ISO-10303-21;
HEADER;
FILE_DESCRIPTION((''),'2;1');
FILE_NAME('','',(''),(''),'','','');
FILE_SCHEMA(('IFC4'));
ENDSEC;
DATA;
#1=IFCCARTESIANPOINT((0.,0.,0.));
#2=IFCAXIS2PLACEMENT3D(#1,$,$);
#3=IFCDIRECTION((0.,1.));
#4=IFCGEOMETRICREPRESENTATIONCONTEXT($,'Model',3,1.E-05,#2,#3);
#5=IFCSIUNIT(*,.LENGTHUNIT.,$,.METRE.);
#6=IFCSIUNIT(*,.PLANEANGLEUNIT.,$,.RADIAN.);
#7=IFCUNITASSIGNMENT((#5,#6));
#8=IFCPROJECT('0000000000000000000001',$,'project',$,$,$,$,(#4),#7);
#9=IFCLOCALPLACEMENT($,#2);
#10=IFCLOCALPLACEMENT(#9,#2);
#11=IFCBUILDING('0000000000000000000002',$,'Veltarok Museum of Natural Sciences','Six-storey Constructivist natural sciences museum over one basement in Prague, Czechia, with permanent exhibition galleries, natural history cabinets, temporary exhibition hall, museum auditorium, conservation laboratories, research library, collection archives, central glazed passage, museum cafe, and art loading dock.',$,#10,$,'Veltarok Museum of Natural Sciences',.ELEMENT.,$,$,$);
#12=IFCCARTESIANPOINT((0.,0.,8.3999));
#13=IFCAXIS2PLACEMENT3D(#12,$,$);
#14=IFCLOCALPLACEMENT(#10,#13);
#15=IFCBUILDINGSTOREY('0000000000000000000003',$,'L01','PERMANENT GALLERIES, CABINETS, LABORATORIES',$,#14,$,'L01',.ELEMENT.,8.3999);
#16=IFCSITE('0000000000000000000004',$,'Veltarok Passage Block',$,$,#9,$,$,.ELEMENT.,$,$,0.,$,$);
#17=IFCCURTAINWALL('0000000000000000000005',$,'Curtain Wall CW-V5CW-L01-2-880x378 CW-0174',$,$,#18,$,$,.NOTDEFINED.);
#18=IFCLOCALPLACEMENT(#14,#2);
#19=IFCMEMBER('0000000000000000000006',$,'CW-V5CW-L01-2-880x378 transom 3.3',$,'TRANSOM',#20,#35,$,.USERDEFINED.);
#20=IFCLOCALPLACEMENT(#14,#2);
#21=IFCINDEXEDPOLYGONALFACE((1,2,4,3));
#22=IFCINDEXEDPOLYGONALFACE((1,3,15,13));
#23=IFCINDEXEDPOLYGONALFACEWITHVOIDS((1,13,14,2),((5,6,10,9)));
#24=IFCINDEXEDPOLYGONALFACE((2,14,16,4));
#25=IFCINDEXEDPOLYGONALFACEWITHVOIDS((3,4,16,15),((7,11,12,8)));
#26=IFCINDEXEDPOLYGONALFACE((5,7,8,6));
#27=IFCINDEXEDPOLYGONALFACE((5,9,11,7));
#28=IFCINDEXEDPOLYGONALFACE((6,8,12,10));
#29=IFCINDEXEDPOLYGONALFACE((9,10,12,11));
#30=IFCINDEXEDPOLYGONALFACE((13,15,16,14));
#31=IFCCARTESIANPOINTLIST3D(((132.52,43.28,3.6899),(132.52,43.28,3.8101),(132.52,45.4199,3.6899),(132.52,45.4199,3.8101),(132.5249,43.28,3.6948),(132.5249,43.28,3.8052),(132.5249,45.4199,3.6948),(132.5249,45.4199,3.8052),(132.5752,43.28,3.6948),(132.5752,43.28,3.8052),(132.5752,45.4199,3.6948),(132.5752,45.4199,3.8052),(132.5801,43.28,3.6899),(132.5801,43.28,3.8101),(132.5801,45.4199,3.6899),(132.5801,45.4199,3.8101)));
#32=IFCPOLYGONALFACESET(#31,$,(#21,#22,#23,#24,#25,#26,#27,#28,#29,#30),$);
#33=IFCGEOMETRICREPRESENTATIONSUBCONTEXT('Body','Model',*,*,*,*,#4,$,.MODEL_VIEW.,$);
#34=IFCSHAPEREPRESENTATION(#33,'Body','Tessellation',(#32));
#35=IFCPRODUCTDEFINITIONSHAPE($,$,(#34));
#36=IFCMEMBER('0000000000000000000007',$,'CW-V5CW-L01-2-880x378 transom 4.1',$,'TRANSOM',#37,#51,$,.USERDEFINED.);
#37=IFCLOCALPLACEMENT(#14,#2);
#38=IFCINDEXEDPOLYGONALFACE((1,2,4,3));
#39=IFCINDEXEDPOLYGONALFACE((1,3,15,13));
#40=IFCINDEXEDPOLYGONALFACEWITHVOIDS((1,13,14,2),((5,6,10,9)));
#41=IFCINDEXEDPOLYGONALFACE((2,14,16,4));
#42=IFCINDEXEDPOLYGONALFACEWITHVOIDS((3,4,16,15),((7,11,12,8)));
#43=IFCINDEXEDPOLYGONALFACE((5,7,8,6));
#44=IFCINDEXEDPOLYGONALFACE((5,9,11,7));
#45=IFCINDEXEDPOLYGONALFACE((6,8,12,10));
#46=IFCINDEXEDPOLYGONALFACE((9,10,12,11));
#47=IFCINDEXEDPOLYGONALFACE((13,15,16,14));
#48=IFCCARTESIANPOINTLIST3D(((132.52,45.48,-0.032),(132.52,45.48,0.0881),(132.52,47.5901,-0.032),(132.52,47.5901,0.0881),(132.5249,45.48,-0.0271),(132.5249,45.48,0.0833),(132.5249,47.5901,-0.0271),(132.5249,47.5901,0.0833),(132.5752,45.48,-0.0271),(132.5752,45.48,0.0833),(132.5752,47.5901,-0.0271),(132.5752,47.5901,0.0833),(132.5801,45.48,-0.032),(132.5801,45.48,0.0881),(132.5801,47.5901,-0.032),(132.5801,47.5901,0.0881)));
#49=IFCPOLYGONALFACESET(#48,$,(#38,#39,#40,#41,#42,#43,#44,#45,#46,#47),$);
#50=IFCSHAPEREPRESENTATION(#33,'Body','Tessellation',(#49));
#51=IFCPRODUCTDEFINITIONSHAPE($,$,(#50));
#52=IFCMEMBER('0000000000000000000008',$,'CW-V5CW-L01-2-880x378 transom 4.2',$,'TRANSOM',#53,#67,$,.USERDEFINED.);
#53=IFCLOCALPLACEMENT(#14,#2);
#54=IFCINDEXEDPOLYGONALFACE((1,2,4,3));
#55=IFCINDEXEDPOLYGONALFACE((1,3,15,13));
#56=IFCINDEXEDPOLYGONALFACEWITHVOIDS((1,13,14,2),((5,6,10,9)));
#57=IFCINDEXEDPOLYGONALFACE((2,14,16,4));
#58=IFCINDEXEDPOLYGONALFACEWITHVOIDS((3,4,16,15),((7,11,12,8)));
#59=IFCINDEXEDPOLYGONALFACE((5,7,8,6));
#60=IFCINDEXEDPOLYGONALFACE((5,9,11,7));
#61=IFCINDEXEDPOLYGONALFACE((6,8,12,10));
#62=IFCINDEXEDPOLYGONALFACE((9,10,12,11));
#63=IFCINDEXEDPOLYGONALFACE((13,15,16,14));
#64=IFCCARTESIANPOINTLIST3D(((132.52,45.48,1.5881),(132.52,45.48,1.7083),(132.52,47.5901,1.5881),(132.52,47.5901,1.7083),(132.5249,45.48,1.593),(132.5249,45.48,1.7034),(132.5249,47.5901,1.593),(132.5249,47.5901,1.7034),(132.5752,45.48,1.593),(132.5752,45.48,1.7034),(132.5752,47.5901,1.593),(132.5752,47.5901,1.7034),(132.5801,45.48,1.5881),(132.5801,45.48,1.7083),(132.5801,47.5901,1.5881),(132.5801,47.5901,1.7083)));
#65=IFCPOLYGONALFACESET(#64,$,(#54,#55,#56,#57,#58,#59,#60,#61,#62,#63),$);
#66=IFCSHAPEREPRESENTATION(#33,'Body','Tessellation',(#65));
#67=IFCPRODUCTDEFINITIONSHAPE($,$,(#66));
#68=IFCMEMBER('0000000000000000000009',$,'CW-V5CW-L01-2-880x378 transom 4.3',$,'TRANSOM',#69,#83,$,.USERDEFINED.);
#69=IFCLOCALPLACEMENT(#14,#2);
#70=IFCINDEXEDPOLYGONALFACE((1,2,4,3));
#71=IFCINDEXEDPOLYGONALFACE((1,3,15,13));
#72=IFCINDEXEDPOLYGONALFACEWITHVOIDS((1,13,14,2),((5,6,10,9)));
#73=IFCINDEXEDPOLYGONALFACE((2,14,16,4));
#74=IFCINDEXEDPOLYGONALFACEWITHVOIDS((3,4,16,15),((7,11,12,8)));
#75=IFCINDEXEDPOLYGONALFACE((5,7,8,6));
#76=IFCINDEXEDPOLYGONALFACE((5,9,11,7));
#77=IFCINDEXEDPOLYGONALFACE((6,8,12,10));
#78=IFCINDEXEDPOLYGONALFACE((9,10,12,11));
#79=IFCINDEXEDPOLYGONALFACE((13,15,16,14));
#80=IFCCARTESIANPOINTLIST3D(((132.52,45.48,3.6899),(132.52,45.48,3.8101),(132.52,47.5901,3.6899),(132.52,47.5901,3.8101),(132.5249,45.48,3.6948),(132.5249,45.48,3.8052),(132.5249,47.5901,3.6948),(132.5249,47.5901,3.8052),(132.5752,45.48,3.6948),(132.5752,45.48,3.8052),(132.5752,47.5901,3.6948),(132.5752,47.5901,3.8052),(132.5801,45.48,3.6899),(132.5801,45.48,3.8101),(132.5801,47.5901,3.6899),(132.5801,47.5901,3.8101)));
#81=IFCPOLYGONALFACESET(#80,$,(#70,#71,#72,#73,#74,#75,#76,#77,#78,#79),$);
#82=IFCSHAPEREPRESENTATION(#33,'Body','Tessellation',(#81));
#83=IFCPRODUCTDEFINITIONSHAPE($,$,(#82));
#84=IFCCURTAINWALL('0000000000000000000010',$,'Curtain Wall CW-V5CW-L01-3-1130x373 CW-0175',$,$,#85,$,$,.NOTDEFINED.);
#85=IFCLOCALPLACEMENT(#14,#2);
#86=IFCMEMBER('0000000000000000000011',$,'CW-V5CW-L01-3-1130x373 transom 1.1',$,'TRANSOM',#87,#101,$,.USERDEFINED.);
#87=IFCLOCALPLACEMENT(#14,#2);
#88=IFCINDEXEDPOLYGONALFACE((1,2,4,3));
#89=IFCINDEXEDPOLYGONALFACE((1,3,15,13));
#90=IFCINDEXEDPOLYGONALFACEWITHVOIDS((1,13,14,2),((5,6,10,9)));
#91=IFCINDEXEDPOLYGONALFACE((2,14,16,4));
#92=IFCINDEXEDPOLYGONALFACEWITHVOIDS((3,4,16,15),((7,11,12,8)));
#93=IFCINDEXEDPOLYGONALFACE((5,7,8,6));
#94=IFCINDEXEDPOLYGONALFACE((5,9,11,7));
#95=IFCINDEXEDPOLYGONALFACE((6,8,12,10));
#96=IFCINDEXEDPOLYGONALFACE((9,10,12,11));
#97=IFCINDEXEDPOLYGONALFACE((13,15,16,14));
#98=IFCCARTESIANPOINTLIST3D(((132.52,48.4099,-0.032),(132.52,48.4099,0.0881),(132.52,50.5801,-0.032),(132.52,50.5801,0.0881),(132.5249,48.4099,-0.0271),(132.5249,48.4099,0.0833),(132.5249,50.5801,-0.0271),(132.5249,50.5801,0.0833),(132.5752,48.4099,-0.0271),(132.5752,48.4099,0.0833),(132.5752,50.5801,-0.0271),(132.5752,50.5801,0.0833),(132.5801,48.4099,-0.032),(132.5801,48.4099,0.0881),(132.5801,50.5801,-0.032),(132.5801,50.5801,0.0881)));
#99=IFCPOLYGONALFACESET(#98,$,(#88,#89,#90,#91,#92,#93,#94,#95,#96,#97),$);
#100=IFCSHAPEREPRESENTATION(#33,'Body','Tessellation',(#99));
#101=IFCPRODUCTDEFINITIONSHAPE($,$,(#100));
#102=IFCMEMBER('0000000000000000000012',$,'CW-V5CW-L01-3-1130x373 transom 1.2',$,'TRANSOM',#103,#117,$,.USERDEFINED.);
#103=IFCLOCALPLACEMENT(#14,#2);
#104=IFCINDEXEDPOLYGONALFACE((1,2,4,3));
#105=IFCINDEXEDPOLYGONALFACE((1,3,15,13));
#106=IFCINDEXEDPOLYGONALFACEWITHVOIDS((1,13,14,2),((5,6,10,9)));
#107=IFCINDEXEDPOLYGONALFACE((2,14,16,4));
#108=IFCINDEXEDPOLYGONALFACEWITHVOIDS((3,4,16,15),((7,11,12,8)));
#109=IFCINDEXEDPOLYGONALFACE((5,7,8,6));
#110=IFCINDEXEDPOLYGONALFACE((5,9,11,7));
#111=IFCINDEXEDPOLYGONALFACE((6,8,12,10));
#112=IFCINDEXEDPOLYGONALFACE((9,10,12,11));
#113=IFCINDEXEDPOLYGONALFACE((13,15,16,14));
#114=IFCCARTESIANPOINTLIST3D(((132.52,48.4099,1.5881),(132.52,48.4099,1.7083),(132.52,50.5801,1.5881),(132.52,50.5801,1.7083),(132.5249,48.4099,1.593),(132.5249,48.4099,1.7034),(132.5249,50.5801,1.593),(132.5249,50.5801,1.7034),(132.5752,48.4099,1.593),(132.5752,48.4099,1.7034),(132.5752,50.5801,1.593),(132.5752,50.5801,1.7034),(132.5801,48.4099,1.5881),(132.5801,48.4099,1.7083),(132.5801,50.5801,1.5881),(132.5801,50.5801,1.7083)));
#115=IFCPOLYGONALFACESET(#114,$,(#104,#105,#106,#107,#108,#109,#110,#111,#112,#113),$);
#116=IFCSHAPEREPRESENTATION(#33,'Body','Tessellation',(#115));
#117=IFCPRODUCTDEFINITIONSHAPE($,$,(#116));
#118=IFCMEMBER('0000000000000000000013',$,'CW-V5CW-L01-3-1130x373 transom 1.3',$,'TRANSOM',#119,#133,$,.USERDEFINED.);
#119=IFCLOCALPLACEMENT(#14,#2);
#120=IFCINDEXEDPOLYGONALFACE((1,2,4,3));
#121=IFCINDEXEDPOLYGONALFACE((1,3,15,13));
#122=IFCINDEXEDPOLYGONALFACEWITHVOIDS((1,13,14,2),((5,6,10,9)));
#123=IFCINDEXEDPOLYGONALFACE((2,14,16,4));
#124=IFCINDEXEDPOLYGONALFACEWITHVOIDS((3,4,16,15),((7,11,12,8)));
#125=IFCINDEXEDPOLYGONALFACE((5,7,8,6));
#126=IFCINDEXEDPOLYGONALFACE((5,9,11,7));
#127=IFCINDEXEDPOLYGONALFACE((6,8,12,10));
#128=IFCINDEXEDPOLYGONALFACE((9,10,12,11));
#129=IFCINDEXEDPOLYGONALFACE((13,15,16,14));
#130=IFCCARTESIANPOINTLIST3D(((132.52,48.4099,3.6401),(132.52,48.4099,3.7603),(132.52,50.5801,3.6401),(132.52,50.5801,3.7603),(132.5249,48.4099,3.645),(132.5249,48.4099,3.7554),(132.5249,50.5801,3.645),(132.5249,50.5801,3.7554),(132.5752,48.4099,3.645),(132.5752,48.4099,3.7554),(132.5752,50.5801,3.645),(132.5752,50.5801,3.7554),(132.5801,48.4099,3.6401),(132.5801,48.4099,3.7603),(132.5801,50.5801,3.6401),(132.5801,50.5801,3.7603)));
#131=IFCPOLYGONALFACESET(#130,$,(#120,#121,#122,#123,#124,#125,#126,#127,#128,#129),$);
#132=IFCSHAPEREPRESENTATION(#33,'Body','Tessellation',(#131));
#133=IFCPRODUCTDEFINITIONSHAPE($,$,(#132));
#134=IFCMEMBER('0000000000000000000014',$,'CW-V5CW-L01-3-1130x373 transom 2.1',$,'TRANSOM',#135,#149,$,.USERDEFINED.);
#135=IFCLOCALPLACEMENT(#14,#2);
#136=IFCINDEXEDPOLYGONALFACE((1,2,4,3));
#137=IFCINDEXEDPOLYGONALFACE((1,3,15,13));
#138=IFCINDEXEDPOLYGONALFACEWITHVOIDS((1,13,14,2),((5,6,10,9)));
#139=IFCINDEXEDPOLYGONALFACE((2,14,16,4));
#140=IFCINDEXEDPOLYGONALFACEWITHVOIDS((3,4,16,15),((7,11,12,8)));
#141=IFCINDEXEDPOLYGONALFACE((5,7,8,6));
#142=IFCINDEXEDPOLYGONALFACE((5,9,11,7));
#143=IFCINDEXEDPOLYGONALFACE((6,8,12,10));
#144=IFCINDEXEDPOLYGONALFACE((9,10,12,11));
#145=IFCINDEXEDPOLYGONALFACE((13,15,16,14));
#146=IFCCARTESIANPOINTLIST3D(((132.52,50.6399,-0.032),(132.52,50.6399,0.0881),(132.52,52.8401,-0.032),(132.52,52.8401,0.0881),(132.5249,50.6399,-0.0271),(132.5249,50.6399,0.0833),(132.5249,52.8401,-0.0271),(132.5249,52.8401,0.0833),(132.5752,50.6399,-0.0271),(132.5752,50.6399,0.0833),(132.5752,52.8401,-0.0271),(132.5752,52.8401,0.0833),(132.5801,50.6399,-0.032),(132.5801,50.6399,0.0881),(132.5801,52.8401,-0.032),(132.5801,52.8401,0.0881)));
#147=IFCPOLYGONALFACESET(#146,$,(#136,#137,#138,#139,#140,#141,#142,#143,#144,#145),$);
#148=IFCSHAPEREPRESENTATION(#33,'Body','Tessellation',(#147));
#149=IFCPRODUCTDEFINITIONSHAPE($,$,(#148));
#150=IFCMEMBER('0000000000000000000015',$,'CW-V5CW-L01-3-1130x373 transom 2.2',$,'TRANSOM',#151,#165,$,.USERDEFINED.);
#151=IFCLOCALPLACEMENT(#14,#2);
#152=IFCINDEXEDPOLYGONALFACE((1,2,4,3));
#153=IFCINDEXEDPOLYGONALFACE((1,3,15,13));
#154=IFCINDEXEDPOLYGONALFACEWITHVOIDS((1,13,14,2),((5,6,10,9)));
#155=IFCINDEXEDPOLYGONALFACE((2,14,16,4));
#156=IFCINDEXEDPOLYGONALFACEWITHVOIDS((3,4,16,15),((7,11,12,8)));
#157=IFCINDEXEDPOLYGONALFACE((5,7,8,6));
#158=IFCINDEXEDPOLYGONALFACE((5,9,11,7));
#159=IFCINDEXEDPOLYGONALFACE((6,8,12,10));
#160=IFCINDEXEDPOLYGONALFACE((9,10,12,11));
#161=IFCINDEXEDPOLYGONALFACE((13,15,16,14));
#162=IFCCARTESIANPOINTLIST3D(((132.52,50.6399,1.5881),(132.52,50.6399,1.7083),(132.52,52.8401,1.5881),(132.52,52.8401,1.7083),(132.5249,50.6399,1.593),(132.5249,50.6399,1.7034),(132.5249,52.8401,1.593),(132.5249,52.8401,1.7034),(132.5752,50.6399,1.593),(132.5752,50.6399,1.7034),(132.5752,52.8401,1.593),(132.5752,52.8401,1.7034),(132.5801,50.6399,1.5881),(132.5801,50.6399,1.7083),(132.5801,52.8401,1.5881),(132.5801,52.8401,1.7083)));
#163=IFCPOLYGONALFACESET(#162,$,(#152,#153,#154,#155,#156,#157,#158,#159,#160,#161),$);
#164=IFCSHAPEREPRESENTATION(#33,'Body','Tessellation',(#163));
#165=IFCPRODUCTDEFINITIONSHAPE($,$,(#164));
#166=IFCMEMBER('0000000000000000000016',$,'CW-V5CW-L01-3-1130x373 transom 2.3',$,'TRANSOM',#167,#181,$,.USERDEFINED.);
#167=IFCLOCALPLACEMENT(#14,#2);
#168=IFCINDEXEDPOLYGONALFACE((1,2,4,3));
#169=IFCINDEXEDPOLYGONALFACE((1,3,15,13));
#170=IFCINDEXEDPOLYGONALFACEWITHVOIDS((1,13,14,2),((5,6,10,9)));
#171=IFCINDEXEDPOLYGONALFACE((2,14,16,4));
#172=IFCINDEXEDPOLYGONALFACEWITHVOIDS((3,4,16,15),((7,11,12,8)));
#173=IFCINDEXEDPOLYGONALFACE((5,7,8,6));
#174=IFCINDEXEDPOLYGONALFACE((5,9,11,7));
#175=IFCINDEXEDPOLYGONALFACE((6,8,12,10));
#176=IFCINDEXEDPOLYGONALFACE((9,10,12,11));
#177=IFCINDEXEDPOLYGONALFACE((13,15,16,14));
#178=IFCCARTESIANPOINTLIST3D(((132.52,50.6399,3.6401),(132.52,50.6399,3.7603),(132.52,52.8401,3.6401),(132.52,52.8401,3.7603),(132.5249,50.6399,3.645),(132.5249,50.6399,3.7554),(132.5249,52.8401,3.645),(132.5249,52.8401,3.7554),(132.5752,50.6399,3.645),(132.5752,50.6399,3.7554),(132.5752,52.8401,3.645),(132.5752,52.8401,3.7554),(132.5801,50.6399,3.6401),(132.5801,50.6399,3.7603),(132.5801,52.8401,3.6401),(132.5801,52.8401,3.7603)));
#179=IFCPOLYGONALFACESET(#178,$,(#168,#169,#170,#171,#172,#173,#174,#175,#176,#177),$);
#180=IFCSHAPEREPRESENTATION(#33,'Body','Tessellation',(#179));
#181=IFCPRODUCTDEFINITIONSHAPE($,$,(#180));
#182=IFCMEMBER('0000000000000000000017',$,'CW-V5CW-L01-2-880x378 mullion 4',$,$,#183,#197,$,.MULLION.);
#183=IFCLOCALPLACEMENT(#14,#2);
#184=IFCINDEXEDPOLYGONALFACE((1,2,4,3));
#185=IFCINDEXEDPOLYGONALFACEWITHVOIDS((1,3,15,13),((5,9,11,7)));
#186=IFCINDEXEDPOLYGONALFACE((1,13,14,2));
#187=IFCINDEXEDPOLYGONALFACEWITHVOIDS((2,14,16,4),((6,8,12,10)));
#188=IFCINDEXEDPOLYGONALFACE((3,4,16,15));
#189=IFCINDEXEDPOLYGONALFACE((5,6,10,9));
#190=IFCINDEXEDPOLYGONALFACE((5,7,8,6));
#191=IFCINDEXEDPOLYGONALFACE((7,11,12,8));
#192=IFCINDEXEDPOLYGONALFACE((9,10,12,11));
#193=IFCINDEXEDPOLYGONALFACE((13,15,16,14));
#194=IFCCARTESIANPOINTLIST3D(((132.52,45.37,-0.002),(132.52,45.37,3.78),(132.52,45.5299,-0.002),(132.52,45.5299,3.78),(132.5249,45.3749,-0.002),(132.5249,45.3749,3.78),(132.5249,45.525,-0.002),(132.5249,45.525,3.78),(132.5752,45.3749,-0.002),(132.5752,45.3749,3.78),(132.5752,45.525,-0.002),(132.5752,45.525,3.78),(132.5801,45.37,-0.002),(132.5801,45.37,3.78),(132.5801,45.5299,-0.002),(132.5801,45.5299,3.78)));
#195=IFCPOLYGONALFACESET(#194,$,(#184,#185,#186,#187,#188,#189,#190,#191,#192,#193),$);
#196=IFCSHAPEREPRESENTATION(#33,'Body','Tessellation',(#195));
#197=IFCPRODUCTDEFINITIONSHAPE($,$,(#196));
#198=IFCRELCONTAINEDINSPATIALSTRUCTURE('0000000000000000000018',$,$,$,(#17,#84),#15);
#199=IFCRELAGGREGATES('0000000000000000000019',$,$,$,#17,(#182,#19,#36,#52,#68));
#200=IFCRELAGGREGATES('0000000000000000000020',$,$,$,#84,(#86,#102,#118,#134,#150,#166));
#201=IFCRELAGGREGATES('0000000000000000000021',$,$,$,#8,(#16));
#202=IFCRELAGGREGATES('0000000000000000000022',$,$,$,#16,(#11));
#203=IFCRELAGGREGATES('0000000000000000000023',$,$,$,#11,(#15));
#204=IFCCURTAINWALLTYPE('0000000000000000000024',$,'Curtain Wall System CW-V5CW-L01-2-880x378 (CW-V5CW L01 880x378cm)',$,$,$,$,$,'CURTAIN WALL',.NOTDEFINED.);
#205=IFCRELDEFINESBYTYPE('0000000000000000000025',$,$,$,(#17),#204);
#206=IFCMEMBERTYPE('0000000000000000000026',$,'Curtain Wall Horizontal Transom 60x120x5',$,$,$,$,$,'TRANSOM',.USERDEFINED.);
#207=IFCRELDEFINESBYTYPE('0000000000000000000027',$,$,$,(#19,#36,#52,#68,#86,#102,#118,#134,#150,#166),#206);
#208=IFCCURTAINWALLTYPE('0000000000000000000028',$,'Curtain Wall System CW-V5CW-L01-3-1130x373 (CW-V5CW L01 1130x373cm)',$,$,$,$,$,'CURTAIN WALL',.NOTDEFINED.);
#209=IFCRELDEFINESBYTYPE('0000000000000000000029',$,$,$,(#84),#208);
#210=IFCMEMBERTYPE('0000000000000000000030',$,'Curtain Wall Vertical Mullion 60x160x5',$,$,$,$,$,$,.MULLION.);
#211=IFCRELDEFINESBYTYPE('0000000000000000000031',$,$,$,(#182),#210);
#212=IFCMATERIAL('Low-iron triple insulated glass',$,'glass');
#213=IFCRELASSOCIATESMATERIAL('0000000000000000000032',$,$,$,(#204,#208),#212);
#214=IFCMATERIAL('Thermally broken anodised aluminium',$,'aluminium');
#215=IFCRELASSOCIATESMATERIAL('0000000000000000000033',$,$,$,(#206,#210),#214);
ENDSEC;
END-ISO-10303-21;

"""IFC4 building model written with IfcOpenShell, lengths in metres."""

from ifc_helpers import new_model, si_unit, direction, frame, origin, origin_2d, place, context, subcontext, project, spatial, hollow_rectangle, extrude, material, material_profile, profile_set, type_object, element, aggregate, save


model = new_model("IFC4")

# Units and contexts
model_context = context("Model", 3, precision=1e-05, world=origin(), true_north=direction((0.0, 1.0)))
body_context = subcontext(model_context, "Body", "Model", "MODEL_VIEW")
ifc_project = project(units=[si_unit("LENGTHUNIT", "METRE"), si_unit("PLANEANGLEUNIT", "RADIAN")], contexts=[model_context])

# Site, building, storey
site_placement = place(None, origin())
site = spatial("IfcSite", under=ifc_project, at=site_placement, Name="Veltarok Passage Block", CompositionType="ELEMENT", RefElevation=0.0)
building_placement = place(site_placement, origin())
building = spatial("IfcBuilding", under=site, at=building_placement, Name="Veltarok Museum of Natural Sciences", Description="Six-storey Constructivist natural sciences museum over one basement in Prague, Czechia, with permanent exhibition galleries, natural history cabinets, temporary exhibition hall, museum auditorium, conservation laboratories, research library, collection archives, central glazed passage, museum cafe, and art loading dock.", LongName="Veltarok Museum of Natural Sciences", CompositionType="ELEMENT")
storey_placement = place(building_placement, frame((0.0, 0.0, 8.3999)))
storey = spatial("IfcBuildingStorey", under=building, at=storey_placement, Name="L01", Description="PERMANENT GALLERIES, CABINETS, LABORATORIES", LongName="L01", CompositionType="ELEMENT", Elevation=8.3999)

# Curtain walls, members
ifc_material_1 = material(Name="Low-iron triple insulated glass", Category="glass")
curtain_wall_type_1 = type_object("IfcCurtainWallType", Name="Curtain Wall System CW-V5CW-L01-2-880x378 (CW-V5CW L01 880x378cm)", ElementType="CURTAIN WALL", PredefinedType="NOTDEFINED", material=ifc_material_1)
curtain_wall_1_placement = place(storey_placement, origin())
curtain_wall_1 = element("IfcCurtainWall", 1, at=curtain_wall_1_placement, inside=storey, type_object=curtain_wall_type_1, Name="Curtain Wall CW-V5CW-L01-2-880x378 CW-0174", PredefinedType="NOTDEFINED")
ifc_material_2 = material(Name="Thermally broken anodised aluminium", Category="aluminium")
ifc_material_profile_1 = material_profile(ifc_material_2, hollow_rectangle(XDim=0.0601, YDim=0.1201, WallThickness=0.0049, at=origin_2d()), Name="CW TRANSOM 60x120x5")
ifc_profile_set_1 = profile_set([ifc_material_profile_1], Name="Thermally broken anodised aluminium")
member_type_1 = type_object("IfcMemberType", Name="Curtain Wall Horizontal Transom 60x120x5", ElementType="TRANSOM", PredefinedType="USERDEFINED", material=ifc_profile_set_1)
member_1_placement = place(storey_placement, frame((132.55, 43.28, 3.75), z_axis=(0.0, 1.0, 0.0), x_axis=(-1.0, 0.0, 0.0)))
member_1 = element("IfcMember", 2, at=member_1_placement, type_object=member_type_1, Name="CW-V5CW-L01-2-880x378 transom 3.3", ObjectType="TRANSOM", PredefinedType="USERDEFINED", context=body_context, shape_type="SweptSolid", body=[
    extrude(hollow_rectangle(XDim=0.0601, YDim=0.1201, WallThickness=0.0049, at=origin_2d()), origin(), (0.0, 0.0, 1.0), 2.1399),
])
member_2_placement = place(storey_placement, frame((132.55, 45.48, 0.0281), z_axis=(0.0, 1.0, 0.0), x_axis=(-1.0, 0.0, 0.0)))
member_2 = element("IfcMember", 3, at=member_2_placement, type_object=member_type_1, Name="CW-V5CW-L01-2-880x378 transom 4.1", ObjectType="TRANSOM", PredefinedType="USERDEFINED", context=body_context, shape_type="SweptSolid", body=[
    extrude(hollow_rectangle(XDim=0.0601, YDim=0.1201, WallThickness=0.0049, at=origin_2d()), origin(), (0.0, 0.0, 1.0), 2.1101),
])
member_3_placement = place(storey_placement, frame((132.55, 45.48, 1.6482), z_axis=(0.0, 1.0, 0.0), x_axis=(-1.0, 0.0, 0.0)))
member_3 = element("IfcMember", 4, at=member_3_placement, type_object=member_type_1, Name="CW-V5CW-L01-2-880x378 transom 4.2", ObjectType="TRANSOM", PredefinedType="USERDEFINED", context=body_context, shape_type="SweptSolid", body=[
    extrude(hollow_rectangle(XDim=0.0601, YDim=0.1201, WallThickness=0.0049, at=origin_2d()), origin(), (0.0, 0.0, 1.0), 2.1101),
])
member_4_placement = place(storey_placement, frame((132.55, 45.48, 3.75), z_axis=(0.0, 1.0, 0.0), x_axis=(-1.0, 0.0, 0.0)))
member_4 = element("IfcMember", 5, at=member_4_placement, type_object=member_type_1, Name="CW-V5CW-L01-2-880x378 transom 4.3", ObjectType="TRANSOM", PredefinedType="USERDEFINED", context=body_context, shape_type="SweptSolid", body=[
    extrude(hollow_rectangle(XDim=0.0601, YDim=0.1201, WallThickness=0.0049, at=origin_2d()), origin(), (0.0, 0.0, 1.0), 2.1101),
])
curtain_wall_type_2 = type_object("IfcCurtainWallType", Name="Curtain Wall System CW-V5CW-L01-3-1130x373 (CW-V5CW L01 1130x373cm)", ElementType="CURTAIN WALL", PredefinedType="NOTDEFINED", material=ifc_material_1)
curtain_wall_2_placement = place(storey_placement, origin())
curtain_wall_2 = element("IfcCurtainWall", 6, at=curtain_wall_2_placement, inside=storey, type_object=curtain_wall_type_2, Name="Curtain Wall CW-V5CW-L01-3-1130x373 CW-0175", PredefinedType="NOTDEFINED")
member_5_placement = place(storey_placement, frame((132.55, 48.4099, 0.0281), z_axis=(0.0, 1.0, 0.0), x_axis=(-1.0, 0.0, 0.0)))
member_5 = element("IfcMember", 7, at=member_5_placement, type_object=member_type_1, Name="CW-V5CW-L01-3-1130x373 transom 1.1", ObjectType="TRANSOM", PredefinedType="USERDEFINED", context=body_context, shape_type="SweptSolid", body=[
    extrude(hollow_rectangle(XDim=0.0601, YDim=0.1201, WallThickness=0.0049, at=origin_2d()), origin(), (0.0, 0.0, 1.0), 2.1702),
])
member_6_placement = place(storey_placement, frame((132.55, 48.4099, 1.6482), z_axis=(0.0, 1.0, 0.0), x_axis=(-1.0, 0.0, 0.0)))
member_6 = element("IfcMember", 8, at=member_6_placement, type_object=member_type_1, Name="CW-V5CW-L01-3-1130x373 transom 1.2", ObjectType="TRANSOM", PredefinedType="USERDEFINED", context=body_context, shape_type="SweptSolid", body=[
    extrude(hollow_rectangle(XDim=0.0601, YDim=0.1201, WallThickness=0.0049, at=origin_2d()), origin(), (0.0, 0.0, 1.0), 2.1702),
])
member_7_placement = place(storey_placement, frame((132.55, 48.4099, 3.7002), z_axis=(0.0, 1.0, 0.0), x_axis=(-1.0, 0.0, 0.0)))
member_7 = element("IfcMember", 9, at=member_7_placement, type_object=member_type_1, Name="CW-V5CW-L01-3-1130x373 transom 1.3", ObjectType="TRANSOM", PredefinedType="USERDEFINED", context=body_context, shape_type="SweptSolid", body=[
    extrude(hollow_rectangle(XDim=0.0601, YDim=0.1201, WallThickness=0.0049, at=origin_2d()), origin(), (0.0, 0.0, 1.0), 2.1702),
])
member_8_placement = place(storey_placement, frame((132.55, 50.6399, 0.0281), z_axis=(0.0, 1.0, 0.0), x_axis=(-1.0, 0.0, 0.0)))
member_8 = element("IfcMember", 10, at=member_8_placement, type_object=member_type_1, Name="CW-V5CW-L01-3-1130x373 transom 2.1", ObjectType="TRANSOM", PredefinedType="USERDEFINED", context=body_context, shape_type="SweptSolid", body=[
    extrude(hollow_rectangle(XDim=0.0601, YDim=0.1201, WallThickness=0.0049, at=origin_2d()), origin(), (0.0, 0.0, 1.0), 2.2002),
])
member_9_placement = place(storey_placement, frame((132.55, 50.6399, 1.6482), z_axis=(0.0, 1.0, 0.0), x_axis=(-1.0, 0.0, 0.0)))
member_9 = element("IfcMember", 11, at=member_9_placement, type_object=member_type_1, Name="CW-V5CW-L01-3-1130x373 transom 2.2", ObjectType="TRANSOM", PredefinedType="USERDEFINED", context=body_context, shape_type="SweptSolid", body=[
    extrude(hollow_rectangle(XDim=0.0601, YDim=0.1201, WallThickness=0.0049, at=origin_2d()), origin(), (0.0, 0.0, 1.0), 2.2002),
])
member_10_placement = place(storey_placement, frame((132.55, 50.6399, 3.7002), z_axis=(0.0, 1.0, 0.0), x_axis=(-1.0, 0.0, 0.0)))
member_10 = element("IfcMember", 12, at=member_10_placement, type_object=member_type_1, Name="CW-V5CW-L01-3-1130x373 transom 2.3", ObjectType="TRANSOM", PredefinedType="USERDEFINED", context=body_context, shape_type="SweptSolid", body=[
    extrude(hollow_rectangle(XDim=0.0601, YDim=0.1201, WallThickness=0.0049, at=origin_2d()), origin(), (0.0, 0.0, 1.0), 2.2002),
])

# Member
ifc_material_profile_2 = material_profile(ifc_material_2, hollow_rectangle(XDim=0.0601, YDim=0.1599, WallThickness=0.0049, at=origin_2d()), Name="CW MULLION 60x160x5")
ifc_profile_set_2 = profile_set([ifc_material_profile_2], Name="Thermally broken anodised aluminium")
member_type_2 = type_object("IfcMemberType", Name="Curtain Wall Vertical Mullion 60x160x5", PredefinedType="MULLION", material=ifc_profile_set_2)
member_11_placement = place(storey_placement, frame((132.55, 45.45, -0.002), z_axis=(0.0, 0.0, 1.0), x_axis=(-1.0, 0.0, 0.0)))
member_11 = element("IfcMember", 13, at=member_11_placement, type_object=member_type_2, Name="CW-V5CW-L01-2-880x378 mullion 4", PredefinedType="MULLION", context=body_context, shape_type="SweptSolid", body=[
    extrude(hollow_rectangle(XDim=0.0601, YDim=0.1599, WallThickness=0.0049, at=origin_2d()), origin(), (0.0, 0.0, 1.0), 3.782),
])

aggregate(curtain_wall_1, [member_11, member_1, member_2, member_3, member_4])
aggregate(curtain_wall_2, [member_5, member_6, member_7, member_8, member_9, member_10])

save(model, "model.ifc")
